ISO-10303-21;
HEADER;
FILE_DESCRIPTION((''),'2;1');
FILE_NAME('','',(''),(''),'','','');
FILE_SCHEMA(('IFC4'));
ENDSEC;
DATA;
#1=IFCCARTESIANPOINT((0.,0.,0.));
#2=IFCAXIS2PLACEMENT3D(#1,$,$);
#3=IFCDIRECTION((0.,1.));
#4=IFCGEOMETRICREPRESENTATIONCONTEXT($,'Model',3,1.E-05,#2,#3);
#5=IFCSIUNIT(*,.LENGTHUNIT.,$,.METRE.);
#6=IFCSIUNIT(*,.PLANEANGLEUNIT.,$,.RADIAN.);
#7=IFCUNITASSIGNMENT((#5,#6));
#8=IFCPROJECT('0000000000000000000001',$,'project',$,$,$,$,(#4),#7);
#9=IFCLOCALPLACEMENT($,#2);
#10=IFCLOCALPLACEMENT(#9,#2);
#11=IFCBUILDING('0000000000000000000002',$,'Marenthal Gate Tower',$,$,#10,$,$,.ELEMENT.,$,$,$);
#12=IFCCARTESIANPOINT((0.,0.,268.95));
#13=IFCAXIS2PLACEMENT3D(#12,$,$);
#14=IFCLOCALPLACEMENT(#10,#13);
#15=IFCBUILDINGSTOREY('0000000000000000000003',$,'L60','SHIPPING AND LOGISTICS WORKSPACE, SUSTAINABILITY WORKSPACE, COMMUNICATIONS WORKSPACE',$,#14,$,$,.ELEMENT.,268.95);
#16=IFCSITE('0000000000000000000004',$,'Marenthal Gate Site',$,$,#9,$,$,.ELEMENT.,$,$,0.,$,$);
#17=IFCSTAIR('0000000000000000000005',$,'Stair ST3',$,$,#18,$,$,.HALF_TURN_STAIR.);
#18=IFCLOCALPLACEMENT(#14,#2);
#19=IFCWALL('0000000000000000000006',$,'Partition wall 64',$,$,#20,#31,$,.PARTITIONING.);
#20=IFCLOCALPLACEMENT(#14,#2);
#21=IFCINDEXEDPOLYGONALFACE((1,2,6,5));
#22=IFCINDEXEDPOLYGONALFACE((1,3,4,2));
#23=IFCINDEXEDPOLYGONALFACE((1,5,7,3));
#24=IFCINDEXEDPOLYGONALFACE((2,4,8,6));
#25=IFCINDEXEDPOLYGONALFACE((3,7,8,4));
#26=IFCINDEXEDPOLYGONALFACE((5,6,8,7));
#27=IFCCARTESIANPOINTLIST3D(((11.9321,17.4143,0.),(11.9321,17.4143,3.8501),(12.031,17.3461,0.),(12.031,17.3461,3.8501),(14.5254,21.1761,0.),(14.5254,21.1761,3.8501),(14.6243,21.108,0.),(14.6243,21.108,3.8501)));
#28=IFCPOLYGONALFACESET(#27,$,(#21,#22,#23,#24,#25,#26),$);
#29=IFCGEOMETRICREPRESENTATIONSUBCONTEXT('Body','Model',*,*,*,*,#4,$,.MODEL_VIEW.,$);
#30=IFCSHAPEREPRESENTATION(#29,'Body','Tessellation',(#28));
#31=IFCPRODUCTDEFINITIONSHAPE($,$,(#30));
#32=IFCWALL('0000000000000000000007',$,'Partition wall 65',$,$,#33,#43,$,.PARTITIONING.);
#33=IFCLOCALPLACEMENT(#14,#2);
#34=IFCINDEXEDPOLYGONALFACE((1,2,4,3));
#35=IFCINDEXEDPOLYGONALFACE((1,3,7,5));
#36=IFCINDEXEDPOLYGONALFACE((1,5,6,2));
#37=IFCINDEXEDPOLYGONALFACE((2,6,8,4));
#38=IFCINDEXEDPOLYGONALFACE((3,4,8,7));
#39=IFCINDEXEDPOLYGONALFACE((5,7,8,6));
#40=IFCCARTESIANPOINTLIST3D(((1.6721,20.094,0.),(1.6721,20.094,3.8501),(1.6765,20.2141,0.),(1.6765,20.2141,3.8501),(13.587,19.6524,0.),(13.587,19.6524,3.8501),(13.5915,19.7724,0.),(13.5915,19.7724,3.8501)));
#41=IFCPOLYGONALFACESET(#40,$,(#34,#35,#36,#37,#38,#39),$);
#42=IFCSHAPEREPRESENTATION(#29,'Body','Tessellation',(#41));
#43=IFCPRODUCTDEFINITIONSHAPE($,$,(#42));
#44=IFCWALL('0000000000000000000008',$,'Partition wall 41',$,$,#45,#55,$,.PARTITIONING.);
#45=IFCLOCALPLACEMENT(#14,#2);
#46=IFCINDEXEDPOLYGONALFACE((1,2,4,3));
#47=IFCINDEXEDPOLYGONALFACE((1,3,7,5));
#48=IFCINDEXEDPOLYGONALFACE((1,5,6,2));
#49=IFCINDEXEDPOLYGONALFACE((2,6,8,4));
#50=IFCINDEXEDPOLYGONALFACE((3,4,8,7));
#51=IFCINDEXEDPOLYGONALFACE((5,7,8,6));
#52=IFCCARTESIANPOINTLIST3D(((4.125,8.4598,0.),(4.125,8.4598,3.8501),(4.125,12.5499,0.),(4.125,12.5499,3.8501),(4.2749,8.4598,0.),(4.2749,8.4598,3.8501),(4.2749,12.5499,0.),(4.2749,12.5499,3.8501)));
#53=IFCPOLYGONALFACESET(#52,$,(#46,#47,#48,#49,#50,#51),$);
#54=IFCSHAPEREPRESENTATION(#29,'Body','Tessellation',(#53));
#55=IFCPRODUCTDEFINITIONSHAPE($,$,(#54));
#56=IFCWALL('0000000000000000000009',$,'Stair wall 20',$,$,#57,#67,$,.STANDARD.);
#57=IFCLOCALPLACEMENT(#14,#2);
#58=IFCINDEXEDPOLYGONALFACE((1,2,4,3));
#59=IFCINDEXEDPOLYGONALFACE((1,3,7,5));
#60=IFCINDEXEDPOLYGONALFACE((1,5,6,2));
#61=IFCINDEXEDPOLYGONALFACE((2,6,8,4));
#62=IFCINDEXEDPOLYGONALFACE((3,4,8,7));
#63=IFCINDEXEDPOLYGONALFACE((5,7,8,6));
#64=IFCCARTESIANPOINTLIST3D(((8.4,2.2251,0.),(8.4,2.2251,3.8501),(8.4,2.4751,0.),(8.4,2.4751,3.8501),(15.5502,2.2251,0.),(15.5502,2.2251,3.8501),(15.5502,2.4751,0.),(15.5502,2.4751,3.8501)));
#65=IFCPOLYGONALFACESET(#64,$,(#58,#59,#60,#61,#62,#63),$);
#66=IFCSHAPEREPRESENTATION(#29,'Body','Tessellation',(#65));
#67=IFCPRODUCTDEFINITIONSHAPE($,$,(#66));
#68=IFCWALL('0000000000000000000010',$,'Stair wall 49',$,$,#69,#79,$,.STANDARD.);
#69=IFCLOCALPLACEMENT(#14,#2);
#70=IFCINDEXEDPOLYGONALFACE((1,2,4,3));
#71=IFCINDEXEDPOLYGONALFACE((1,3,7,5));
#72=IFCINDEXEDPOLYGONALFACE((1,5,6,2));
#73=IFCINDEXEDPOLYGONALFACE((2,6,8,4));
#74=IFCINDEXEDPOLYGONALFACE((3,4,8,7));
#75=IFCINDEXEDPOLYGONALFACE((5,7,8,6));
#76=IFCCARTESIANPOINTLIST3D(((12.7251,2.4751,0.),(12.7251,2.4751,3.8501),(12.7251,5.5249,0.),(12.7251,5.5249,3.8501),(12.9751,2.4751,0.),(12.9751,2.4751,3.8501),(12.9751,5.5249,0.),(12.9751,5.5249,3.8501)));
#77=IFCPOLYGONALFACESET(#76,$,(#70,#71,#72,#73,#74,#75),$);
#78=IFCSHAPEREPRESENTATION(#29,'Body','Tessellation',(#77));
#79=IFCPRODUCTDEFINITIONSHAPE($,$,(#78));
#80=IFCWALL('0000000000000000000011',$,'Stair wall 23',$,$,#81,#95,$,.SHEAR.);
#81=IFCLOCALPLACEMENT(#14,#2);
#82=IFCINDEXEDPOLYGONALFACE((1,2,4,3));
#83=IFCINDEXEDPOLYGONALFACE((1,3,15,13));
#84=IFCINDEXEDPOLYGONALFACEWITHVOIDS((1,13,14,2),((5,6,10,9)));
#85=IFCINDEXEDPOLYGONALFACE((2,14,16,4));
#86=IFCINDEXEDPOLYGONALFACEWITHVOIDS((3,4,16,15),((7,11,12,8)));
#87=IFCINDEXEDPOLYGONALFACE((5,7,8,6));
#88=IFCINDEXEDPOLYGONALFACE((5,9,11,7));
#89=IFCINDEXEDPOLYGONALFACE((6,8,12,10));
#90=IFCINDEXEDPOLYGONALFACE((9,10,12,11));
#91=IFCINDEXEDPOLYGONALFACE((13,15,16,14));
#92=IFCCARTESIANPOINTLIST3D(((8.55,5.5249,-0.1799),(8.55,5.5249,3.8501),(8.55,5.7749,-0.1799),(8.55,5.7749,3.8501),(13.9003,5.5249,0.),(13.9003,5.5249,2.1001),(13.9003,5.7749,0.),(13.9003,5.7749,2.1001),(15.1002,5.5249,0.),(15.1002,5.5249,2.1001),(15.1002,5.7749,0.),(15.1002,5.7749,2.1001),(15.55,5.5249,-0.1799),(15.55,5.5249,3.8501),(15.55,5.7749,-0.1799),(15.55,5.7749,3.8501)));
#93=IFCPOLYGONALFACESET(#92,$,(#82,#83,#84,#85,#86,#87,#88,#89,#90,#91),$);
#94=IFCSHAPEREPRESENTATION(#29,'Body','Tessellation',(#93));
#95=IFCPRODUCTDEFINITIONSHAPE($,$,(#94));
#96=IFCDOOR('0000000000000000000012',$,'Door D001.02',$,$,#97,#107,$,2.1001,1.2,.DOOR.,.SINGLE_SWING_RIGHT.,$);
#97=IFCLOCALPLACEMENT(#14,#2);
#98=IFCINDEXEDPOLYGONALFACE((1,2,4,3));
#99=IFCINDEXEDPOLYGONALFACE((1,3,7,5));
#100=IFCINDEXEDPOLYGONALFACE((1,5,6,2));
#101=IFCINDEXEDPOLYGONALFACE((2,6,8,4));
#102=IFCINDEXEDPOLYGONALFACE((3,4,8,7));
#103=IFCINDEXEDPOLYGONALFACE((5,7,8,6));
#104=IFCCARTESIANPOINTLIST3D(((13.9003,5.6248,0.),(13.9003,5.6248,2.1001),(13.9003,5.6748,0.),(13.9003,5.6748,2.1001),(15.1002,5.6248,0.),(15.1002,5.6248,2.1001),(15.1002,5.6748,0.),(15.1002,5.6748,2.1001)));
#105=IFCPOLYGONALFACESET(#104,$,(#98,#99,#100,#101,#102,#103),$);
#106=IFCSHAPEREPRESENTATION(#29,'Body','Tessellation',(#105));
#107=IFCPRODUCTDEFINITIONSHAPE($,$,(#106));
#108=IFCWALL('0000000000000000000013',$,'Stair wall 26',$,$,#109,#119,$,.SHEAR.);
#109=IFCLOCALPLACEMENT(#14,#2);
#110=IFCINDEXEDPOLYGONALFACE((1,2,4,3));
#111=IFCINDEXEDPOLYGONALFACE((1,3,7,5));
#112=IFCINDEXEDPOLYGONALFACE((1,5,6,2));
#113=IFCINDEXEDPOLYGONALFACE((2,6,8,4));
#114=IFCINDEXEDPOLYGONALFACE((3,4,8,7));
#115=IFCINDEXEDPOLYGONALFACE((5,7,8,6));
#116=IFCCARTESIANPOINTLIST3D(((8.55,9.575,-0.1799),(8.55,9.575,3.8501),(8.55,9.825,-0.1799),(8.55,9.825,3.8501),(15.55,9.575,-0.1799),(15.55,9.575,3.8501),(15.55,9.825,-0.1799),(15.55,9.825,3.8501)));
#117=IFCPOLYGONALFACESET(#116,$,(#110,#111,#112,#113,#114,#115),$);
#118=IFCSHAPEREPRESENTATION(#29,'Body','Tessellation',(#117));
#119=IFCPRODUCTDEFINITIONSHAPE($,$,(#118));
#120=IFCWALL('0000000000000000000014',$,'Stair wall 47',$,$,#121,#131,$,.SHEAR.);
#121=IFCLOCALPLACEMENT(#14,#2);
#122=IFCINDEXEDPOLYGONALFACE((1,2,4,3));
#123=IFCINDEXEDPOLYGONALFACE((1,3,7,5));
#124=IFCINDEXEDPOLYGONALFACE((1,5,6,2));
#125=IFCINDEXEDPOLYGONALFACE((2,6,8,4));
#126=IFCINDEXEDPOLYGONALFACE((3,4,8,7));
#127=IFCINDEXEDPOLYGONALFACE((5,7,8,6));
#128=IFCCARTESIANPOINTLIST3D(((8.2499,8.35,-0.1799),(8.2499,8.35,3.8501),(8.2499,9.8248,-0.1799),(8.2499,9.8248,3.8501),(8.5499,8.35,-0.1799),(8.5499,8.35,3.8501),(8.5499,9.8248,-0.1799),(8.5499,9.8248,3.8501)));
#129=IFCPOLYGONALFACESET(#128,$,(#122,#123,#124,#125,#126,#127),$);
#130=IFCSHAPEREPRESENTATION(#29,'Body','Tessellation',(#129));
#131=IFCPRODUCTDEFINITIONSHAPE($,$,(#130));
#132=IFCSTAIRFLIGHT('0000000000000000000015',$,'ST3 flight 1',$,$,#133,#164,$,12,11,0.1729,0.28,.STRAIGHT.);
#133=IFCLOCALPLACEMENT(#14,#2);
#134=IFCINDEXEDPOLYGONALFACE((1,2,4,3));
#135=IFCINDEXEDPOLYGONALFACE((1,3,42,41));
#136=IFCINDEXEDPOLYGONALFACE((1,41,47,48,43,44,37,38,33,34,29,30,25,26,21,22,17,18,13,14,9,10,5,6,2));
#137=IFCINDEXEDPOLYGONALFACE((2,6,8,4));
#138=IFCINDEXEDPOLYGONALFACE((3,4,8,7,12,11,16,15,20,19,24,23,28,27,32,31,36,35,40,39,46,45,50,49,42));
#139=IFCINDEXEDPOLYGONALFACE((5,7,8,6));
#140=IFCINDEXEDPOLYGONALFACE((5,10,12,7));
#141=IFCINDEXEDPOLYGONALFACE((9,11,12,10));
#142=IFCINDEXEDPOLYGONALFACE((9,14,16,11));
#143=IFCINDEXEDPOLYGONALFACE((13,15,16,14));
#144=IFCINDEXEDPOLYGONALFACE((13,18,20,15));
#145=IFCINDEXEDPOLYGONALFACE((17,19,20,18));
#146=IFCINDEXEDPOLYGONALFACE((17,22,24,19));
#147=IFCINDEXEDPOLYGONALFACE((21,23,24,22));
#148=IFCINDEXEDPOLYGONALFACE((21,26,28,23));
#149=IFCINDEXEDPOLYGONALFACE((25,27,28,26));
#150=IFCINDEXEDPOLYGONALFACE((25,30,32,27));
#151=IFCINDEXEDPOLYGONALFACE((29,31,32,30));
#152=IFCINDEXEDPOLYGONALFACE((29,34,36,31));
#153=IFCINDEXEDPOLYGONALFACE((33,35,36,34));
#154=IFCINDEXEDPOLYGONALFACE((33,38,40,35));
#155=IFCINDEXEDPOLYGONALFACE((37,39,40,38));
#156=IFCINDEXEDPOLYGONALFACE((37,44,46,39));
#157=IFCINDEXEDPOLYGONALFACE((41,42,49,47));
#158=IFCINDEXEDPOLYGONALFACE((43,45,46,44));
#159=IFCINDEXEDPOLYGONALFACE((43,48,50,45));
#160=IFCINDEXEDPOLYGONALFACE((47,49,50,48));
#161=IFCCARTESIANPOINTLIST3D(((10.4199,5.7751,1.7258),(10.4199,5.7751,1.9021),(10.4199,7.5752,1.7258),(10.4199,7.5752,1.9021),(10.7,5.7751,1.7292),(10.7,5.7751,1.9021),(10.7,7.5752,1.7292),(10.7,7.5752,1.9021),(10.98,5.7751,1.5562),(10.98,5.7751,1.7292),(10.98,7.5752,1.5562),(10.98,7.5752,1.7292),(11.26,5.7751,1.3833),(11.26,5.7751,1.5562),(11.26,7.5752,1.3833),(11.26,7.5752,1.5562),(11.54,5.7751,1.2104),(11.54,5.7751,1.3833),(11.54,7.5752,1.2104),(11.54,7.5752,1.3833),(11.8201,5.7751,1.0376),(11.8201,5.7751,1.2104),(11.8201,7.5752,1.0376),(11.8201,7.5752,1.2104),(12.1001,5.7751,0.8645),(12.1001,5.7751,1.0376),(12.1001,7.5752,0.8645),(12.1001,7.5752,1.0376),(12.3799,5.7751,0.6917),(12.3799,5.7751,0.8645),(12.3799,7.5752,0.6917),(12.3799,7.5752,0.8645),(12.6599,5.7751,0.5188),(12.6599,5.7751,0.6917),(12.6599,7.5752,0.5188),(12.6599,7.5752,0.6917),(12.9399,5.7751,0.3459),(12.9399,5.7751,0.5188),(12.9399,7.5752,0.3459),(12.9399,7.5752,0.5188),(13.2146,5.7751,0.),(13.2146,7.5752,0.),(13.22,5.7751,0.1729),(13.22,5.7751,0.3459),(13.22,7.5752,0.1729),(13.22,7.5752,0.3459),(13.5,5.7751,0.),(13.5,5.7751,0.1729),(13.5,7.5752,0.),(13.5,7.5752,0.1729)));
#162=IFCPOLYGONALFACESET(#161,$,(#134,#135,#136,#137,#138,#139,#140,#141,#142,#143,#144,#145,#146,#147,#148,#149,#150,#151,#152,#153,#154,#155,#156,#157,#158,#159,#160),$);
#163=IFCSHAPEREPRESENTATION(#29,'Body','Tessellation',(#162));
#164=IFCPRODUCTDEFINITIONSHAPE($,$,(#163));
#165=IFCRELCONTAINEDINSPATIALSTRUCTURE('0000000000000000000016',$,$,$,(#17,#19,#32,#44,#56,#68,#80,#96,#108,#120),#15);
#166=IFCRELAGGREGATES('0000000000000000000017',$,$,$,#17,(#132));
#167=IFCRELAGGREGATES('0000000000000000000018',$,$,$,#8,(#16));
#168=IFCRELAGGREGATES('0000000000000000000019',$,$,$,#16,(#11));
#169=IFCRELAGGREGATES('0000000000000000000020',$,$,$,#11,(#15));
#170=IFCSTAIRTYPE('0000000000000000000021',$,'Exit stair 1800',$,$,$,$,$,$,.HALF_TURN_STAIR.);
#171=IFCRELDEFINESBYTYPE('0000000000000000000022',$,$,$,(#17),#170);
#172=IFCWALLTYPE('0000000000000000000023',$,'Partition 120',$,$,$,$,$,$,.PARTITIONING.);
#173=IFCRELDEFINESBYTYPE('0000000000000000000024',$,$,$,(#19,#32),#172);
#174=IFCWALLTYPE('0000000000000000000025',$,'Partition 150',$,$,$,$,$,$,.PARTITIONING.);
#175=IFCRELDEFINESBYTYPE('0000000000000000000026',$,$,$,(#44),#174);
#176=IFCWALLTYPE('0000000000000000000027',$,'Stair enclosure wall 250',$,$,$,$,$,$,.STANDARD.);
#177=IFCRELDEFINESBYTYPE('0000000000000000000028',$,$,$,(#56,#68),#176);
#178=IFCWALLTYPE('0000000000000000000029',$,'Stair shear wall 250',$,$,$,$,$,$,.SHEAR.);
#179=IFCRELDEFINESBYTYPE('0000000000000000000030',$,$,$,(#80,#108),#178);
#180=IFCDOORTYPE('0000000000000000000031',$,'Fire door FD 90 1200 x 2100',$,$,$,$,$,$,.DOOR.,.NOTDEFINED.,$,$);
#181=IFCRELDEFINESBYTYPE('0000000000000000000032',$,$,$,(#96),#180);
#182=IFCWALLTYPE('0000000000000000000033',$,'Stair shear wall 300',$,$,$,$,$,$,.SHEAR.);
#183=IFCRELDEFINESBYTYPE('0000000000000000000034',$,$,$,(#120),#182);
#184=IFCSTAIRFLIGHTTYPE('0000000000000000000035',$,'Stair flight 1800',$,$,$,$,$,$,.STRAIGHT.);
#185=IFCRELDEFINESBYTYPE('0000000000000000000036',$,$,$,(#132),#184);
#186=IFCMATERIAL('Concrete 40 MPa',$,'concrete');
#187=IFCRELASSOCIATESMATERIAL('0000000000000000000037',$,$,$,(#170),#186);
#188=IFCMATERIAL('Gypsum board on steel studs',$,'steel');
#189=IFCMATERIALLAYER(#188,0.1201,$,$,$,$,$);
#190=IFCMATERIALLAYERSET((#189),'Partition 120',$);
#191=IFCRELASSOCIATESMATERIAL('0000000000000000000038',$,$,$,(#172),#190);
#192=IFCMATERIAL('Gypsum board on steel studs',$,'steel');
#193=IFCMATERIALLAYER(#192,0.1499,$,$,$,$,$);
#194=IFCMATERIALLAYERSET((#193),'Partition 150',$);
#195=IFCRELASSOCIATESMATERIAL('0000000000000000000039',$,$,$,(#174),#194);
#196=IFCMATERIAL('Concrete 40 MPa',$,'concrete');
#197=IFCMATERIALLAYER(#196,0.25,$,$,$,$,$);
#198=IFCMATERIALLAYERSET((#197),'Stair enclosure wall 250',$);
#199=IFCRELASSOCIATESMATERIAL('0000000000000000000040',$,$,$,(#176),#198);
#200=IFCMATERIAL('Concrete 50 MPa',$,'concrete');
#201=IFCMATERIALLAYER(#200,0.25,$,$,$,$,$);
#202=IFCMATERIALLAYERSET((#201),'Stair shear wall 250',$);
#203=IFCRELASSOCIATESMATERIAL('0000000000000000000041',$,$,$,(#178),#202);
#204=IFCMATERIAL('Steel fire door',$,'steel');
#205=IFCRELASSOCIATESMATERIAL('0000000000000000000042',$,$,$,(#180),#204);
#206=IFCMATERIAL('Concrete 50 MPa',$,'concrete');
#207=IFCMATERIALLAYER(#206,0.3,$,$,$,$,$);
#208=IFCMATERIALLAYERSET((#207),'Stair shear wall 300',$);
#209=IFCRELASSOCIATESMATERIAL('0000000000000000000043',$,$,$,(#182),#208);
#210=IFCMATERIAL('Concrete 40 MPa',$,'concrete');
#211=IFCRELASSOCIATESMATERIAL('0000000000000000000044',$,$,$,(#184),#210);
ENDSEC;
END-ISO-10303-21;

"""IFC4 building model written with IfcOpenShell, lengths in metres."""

from ifc_helpers import new_model, si_unit, direction, frame, frame_2d, origin, place, context, subcontext, project, spatial, polyline, rectangle, outline, extrude, material, layer, layer_set, type_object, element, fill, aggregate, save


model = new_model("IFC4")

# Units and contexts
model_context = context("Model", 3, precision=1e-05, world=origin(), true_north=direction((0.0, 1.0)))
body_context = subcontext(model_context, "Body", "Model", "MODEL_VIEW")
ifc_project = project(units=[si_unit("LENGTHUNIT", "METRE"), si_unit("PLANEANGLEUNIT", "RADIAN")], contexts=[model_context])

# Site, building, storey
site_placement = place(None, origin())
site = spatial("IfcSite", under=ifc_project, at=site_placement, Name="Marenthal Gate Site", CompositionType="ELEMENT", RefElevation=0.0)
building_placement = place(site_placement, origin())
building = spatial("IfcBuilding", under=site, at=building_placement, Name="Marenthal Gate Tower", CompositionType="ELEMENT")
storey_placement = place(building_placement, frame((0.0, 0.0, 268.95)))
storey = spatial("IfcBuildingStorey", under=building, at=storey_placement, Name="L60", Description="SHIPPING AND LOGISTICS WORKSPACE, SUSTAINABILITY WORKSPACE, COMMUNICATIONS WORKSPACE", CompositionType="ELEMENT", Elevation=268.95)

# Stair
ifc_material_1 = material(Name="Concrete 40 MPa", Category="concrete")
stair_type = type_object("IfcStairType", Name="Exit stair 1800", PredefinedType="HALF_TURN_STAIR", material=ifc_material_1)
stair_1_placement = place(storey_placement, origin())
stair_1 = element("IfcStair", 1, at=stair_1_placement, inside=storey, type_object=stair_type, Name="Stair ST3", PredefinedType="HALF_TURN_STAIR")

# Walls
ifc_material_2 = material(Name="Gypsum board on steel studs", Category="steel")
ifc_layer_1 = layer(ifc_material_2, 0.1201)
ifc_layer_set_1 = layer_set([ifc_layer_1], Name="Partition 120")
wall_type_1 = type_object("IfcWallType", Name="Partition 120", PredefinedType="PARTITIONING", material=ifc_layer_set_1)
wall_1_placement = place(storey_placement, frame((11.9814, 17.3801, 0.0), z_axis=(0.0, 0.0, 1.0), x_axis=(0.567581, 0.823318, 0.0)))
element("IfcWall", 2, at=wall_1_placement, inside=storey, type_object=wall_type_1, Name="Partition wall 64", PredefinedType="PARTITIONING", context=body_context, shape_type="SweptSolid", body=[
    extrude(rectangle(XDim=4.5691, YDim=0.1201, at=frame_2d((2.2847, 0.0))), origin(), (0.0, 0.0, 1.0), 3.8501),
])
wall_2_placement = place(storey_placement, frame((13.5891, 19.7124, 0.0), z_axis=(0.0, 0.0, 1.0), x_axis=(-0.999314, 0.037042, 0.0)))
element("IfcWall", 3, at=wall_2_placement, inside=storey, type_object=wall_type_1, Name="Partition wall 65", PredefinedType="PARTITIONING", context=body_context, shape_type="SweptSolid", body=[
    extrude(rectangle(XDim=11.9231, YDim=0.1201, at=frame_2d((5.9614, 0.0))), origin(), (0.0, 0.0, 1.0), 3.8501),
])
ifc_material_3 = material(Name="Gypsum board on steel studs", Category="steel")
ifc_layer_2 = layer(ifc_material_3, 0.1499)
ifc_layer_set_2 = layer_set([ifc_layer_2], Name="Partition 150")
wall_type_2 = type_object("IfcWallType", Name="Partition 150", PredefinedType="PARTITIONING", material=ifc_layer_set_2)
wall_3_placement = place(storey_placement, frame((4.2, 8.46, 0.0), z_axis=(0.0, 0.0, 1.0), x_axis=(0.0, 1.0, 0.0)))
element("IfcWall", 4, at=wall_3_placement, inside=storey, type_object=wall_type_2, Name="Partition wall 41", PredefinedType="PARTITIONING", context=body_context, shape_type="SweptSolid", body=[
    extrude(rectangle(XDim=4.0901, YDim=0.1499, at=frame_2d((2.0449, 0.0))), origin(), (0.0, 0.0, 1.0), 3.8501),
])
ifc_material_4 = material(Name="Concrete 40 MPa", Category="concrete")
ifc_layer_3 = layer(ifc_material_4, 0.25)
ifc_layer_set_3 = layer_set([ifc_layer_3], Name="Stair enclosure wall 250")
wall_type_3 = type_object("IfcWallType", Name="Stair enclosure wall 250", PredefinedType="STANDARD", material=ifc_layer_set_3)
wall_4_placement = place(storey_placement, frame((8.3999, 2.3501, 0.0), z_axis=(0.0, 0.0, 1.0), x_axis=(1.0, 0.0, 0.0)))
element("IfcWall", 5, at=wall_4_placement, inside=storey, type_object=wall_type_3, Name="Stair wall 20", PredefinedType="STANDARD", context=body_context, shape_type="SweptSolid", body=[
    extrude(rectangle(XDim=7.1501, YDim=0.25, at=frame_2d((3.5752, 0.0))), origin(), (0.0, 0.0, 1.0), 3.8501),
])
wall_5_placement = place(storey_placement, frame((12.8501, 2.4751, 0.0), z_axis=(0.0, 0.0, 1.0), x_axis=(0.0, 1.0, 0.0)))
element("IfcWall", 6, at=wall_5_placement, inside=storey, type_object=wall_type_3, Name="Stair wall 49", PredefinedType="STANDARD", context=body_context, shape_type="SweptSolid", body=[
    extrude(rectangle(XDim=3.0498, YDim=0.25, at=frame_2d((1.5249, 0.0))), origin(), (0.0, 0.0, 1.0), 3.8501),
])

# Wall, opening, door
ifc_material_5 = material(Name="Concrete 50 MPa", Category="concrete")
ifc_layer_4 = layer(ifc_material_5, 0.25)
ifc_layer_set_4 = layer_set([ifc_layer_4], Name="Stair shear wall 250")
wall_type_4 = type_object("IfcWallType", Name="Stair shear wall 250", PredefinedType="SHEAR", material=ifc_layer_set_4)
wall_6_placement = place(storey_placement, frame((8.55, 5.6499, -0.1799), z_axis=(0.0, 0.0, 1.0), x_axis=(1.0, 0.0, 0.0)))
wall_6 = element("IfcWall", 7, at=wall_6_placement, inside=storey, type_object=wall_type_4, Name="Stair wall 23", PredefinedType="SHEAR", context=body_context, shape_type="SweptSolid", body=[
    extrude(rectangle(XDim=7.0, YDim=0.25, at=frame_2d((3.5, 0.0))), origin(), (0.0, 0.0, 1.0), 4.03),
])
opening_1_placement = place(wall_6_placement, frame((5.3501, 0.0, 0.1799)))
opening_1 = element("IfcOpeningElement", 8, at=opening_1_placement, cuts=wall_6, PredefinedType="OPENING", context=body_context, shape_type="SweptSolid", body=[
    extrude(rectangle(XDim=1.2, YDim=2.1001, at=frame_2d((0.6001, 1.05))), frame((0.0, 0.135, 0.0), z_axis=(0.0, -1.0, 0.0), x_axis=(1.0, 0.0, 0.0)), (0.0, 0.0, 1.0), 0.27),
])
ifc_material_6 = material(Name="Steel fire door", Category="steel")
door_type_1 = type_object("IfcDoorType", Name="Fire door FD 90 1200 x 2100", OperationType="NOTDEFINED", PredefinedType="DOOR", material=ifc_material_6)
door_1_placement = place(opening_1_placement, origin())
door_1 = element("IfcDoor", 9, at=door_1_placement, inside=storey, type_object=door_type_1, Name="Door D001.02", OperationType="SINGLE_SWING_RIGHT", OverallHeight=2.1001, OverallWidth=1.2, PredefinedType="DOOR", context=body_context, shape_type="SweptSolid", body=[
    extrude(rectangle(XDim=1.2, YDim=2.1001, at=frame_2d((0.6001, 1.05))), frame((0.0, 0.0249, 0.0), z_axis=(0.0, -1.0, 0.0), x_axis=(1.0, 0.0, 0.0)), (0.0, 0.0, 1.0), 0.05),
])
fill(opening_1, door_1)

# Walls
wall_7_placement = place(storey_placement, frame((8.55, 9.7, -0.1799), z_axis=(0.0, 0.0, 1.0), x_axis=(1.0, 0.0, 0.0)))
element("IfcWall", 10, at=wall_7_placement, inside=storey, type_object=wall_type_4, Name="Stair wall 26", PredefinedType="SHEAR", context=body_context, shape_type="SweptSolid", body=[
    extrude(rectangle(XDim=7.0, YDim=0.25, at=frame_2d((3.5, 0.0))), origin(), (0.0, 0.0, 1.0), 4.03),
])
ifc_material_7 = material(Name="Concrete 50 MPa", Category="concrete")
ifc_layer_5 = layer(ifc_material_7, 0.3)
ifc_layer_set_5 = layer_set([ifc_layer_5], Name="Stair shear wall 300")
wall_type_5 = type_object("IfcWallType", Name="Stair shear wall 300", PredefinedType="SHEAR", material=ifc_layer_set_5)
wall_8_placement = place(storey_placement, frame((8.3999, 8.3501, -0.1799), z_axis=(0.0, 0.0, 1.0), x_axis=(0.0, 1.0, 0.0)))
element("IfcWall", 11, at=wall_8_placement, inside=storey, type_object=wall_type_5, Name="Stair wall 47", PredefinedType="SHEAR", context=body_context, shape_type="SweptSolid", body=[
    extrude(rectangle(XDim=1.4749, YDim=0.3, at=frame_2d((0.7373, 0.0))), origin(), (0.0, 0.0, 1.0), 4.03),
])

# Stair flight
ifc_material_8 = material(Name="Concrete 40 MPa", Category="concrete")
stair_flight_type = type_object("IfcStairFlightType", Name="Stair flight 1800", PredefinedType="STRAIGHT", material=ifc_material_8)
stair_flight_1_placement = place(storey_placement, frame((13.5, 6.675, 0.0), z_axis=(0.0, 0.0, 1.0), x_axis=(-1.0, 0.0, 0.0)))
stair_flight_1 = element("IfcStairFlight", 12, at=stair_flight_1_placement, type_object=stair_flight_type, Name="ST3 flight 1", NumberOfRisers=12, NumberOfTreads=11, PredefinedType="STRAIGHT", RiserHeight=0.1729, TreadLength=0.28, context=body_context, shape_type="SweptSolid", body=[
    extrude(outline(polyline([(0.0, 0.0), (0.0, 0.1729), (0.28, 0.1729), (0.28, 0.3459), (0.5601, 0.3459), (0.5601, 0.5188), (0.8401, 0.5188), (0.8401, 0.6917), (1.1201, 0.6917), (1.1201, 0.8645), (1.3999, 0.8645), (1.3999, 1.0376), (1.6799, 1.0376), (1.6799, 1.2104), (1.96, 1.2104), (1.96, 1.3833), (2.24, 1.3833), (2.24, 1.5562), (2.52, 1.5562), (2.52, 1.7292), (2.8, 1.7292), (2.8, 1.9021), (3.0801, 1.9021), (3.0801, 2.075), (3.0801, 1.7258), (0.2854, 0.0), (0.0, 0.0)])), frame((0.0, 0.8999, 0.0), z_axis=(0.0, -1.0, 0.0), x_axis=(1.0, 0.0, 0.0)), (0.0, 0.0, 1.0), 1.8),
])
aggregate(stair_1, [stair_flight_1])

save(model, "model.ifc")
